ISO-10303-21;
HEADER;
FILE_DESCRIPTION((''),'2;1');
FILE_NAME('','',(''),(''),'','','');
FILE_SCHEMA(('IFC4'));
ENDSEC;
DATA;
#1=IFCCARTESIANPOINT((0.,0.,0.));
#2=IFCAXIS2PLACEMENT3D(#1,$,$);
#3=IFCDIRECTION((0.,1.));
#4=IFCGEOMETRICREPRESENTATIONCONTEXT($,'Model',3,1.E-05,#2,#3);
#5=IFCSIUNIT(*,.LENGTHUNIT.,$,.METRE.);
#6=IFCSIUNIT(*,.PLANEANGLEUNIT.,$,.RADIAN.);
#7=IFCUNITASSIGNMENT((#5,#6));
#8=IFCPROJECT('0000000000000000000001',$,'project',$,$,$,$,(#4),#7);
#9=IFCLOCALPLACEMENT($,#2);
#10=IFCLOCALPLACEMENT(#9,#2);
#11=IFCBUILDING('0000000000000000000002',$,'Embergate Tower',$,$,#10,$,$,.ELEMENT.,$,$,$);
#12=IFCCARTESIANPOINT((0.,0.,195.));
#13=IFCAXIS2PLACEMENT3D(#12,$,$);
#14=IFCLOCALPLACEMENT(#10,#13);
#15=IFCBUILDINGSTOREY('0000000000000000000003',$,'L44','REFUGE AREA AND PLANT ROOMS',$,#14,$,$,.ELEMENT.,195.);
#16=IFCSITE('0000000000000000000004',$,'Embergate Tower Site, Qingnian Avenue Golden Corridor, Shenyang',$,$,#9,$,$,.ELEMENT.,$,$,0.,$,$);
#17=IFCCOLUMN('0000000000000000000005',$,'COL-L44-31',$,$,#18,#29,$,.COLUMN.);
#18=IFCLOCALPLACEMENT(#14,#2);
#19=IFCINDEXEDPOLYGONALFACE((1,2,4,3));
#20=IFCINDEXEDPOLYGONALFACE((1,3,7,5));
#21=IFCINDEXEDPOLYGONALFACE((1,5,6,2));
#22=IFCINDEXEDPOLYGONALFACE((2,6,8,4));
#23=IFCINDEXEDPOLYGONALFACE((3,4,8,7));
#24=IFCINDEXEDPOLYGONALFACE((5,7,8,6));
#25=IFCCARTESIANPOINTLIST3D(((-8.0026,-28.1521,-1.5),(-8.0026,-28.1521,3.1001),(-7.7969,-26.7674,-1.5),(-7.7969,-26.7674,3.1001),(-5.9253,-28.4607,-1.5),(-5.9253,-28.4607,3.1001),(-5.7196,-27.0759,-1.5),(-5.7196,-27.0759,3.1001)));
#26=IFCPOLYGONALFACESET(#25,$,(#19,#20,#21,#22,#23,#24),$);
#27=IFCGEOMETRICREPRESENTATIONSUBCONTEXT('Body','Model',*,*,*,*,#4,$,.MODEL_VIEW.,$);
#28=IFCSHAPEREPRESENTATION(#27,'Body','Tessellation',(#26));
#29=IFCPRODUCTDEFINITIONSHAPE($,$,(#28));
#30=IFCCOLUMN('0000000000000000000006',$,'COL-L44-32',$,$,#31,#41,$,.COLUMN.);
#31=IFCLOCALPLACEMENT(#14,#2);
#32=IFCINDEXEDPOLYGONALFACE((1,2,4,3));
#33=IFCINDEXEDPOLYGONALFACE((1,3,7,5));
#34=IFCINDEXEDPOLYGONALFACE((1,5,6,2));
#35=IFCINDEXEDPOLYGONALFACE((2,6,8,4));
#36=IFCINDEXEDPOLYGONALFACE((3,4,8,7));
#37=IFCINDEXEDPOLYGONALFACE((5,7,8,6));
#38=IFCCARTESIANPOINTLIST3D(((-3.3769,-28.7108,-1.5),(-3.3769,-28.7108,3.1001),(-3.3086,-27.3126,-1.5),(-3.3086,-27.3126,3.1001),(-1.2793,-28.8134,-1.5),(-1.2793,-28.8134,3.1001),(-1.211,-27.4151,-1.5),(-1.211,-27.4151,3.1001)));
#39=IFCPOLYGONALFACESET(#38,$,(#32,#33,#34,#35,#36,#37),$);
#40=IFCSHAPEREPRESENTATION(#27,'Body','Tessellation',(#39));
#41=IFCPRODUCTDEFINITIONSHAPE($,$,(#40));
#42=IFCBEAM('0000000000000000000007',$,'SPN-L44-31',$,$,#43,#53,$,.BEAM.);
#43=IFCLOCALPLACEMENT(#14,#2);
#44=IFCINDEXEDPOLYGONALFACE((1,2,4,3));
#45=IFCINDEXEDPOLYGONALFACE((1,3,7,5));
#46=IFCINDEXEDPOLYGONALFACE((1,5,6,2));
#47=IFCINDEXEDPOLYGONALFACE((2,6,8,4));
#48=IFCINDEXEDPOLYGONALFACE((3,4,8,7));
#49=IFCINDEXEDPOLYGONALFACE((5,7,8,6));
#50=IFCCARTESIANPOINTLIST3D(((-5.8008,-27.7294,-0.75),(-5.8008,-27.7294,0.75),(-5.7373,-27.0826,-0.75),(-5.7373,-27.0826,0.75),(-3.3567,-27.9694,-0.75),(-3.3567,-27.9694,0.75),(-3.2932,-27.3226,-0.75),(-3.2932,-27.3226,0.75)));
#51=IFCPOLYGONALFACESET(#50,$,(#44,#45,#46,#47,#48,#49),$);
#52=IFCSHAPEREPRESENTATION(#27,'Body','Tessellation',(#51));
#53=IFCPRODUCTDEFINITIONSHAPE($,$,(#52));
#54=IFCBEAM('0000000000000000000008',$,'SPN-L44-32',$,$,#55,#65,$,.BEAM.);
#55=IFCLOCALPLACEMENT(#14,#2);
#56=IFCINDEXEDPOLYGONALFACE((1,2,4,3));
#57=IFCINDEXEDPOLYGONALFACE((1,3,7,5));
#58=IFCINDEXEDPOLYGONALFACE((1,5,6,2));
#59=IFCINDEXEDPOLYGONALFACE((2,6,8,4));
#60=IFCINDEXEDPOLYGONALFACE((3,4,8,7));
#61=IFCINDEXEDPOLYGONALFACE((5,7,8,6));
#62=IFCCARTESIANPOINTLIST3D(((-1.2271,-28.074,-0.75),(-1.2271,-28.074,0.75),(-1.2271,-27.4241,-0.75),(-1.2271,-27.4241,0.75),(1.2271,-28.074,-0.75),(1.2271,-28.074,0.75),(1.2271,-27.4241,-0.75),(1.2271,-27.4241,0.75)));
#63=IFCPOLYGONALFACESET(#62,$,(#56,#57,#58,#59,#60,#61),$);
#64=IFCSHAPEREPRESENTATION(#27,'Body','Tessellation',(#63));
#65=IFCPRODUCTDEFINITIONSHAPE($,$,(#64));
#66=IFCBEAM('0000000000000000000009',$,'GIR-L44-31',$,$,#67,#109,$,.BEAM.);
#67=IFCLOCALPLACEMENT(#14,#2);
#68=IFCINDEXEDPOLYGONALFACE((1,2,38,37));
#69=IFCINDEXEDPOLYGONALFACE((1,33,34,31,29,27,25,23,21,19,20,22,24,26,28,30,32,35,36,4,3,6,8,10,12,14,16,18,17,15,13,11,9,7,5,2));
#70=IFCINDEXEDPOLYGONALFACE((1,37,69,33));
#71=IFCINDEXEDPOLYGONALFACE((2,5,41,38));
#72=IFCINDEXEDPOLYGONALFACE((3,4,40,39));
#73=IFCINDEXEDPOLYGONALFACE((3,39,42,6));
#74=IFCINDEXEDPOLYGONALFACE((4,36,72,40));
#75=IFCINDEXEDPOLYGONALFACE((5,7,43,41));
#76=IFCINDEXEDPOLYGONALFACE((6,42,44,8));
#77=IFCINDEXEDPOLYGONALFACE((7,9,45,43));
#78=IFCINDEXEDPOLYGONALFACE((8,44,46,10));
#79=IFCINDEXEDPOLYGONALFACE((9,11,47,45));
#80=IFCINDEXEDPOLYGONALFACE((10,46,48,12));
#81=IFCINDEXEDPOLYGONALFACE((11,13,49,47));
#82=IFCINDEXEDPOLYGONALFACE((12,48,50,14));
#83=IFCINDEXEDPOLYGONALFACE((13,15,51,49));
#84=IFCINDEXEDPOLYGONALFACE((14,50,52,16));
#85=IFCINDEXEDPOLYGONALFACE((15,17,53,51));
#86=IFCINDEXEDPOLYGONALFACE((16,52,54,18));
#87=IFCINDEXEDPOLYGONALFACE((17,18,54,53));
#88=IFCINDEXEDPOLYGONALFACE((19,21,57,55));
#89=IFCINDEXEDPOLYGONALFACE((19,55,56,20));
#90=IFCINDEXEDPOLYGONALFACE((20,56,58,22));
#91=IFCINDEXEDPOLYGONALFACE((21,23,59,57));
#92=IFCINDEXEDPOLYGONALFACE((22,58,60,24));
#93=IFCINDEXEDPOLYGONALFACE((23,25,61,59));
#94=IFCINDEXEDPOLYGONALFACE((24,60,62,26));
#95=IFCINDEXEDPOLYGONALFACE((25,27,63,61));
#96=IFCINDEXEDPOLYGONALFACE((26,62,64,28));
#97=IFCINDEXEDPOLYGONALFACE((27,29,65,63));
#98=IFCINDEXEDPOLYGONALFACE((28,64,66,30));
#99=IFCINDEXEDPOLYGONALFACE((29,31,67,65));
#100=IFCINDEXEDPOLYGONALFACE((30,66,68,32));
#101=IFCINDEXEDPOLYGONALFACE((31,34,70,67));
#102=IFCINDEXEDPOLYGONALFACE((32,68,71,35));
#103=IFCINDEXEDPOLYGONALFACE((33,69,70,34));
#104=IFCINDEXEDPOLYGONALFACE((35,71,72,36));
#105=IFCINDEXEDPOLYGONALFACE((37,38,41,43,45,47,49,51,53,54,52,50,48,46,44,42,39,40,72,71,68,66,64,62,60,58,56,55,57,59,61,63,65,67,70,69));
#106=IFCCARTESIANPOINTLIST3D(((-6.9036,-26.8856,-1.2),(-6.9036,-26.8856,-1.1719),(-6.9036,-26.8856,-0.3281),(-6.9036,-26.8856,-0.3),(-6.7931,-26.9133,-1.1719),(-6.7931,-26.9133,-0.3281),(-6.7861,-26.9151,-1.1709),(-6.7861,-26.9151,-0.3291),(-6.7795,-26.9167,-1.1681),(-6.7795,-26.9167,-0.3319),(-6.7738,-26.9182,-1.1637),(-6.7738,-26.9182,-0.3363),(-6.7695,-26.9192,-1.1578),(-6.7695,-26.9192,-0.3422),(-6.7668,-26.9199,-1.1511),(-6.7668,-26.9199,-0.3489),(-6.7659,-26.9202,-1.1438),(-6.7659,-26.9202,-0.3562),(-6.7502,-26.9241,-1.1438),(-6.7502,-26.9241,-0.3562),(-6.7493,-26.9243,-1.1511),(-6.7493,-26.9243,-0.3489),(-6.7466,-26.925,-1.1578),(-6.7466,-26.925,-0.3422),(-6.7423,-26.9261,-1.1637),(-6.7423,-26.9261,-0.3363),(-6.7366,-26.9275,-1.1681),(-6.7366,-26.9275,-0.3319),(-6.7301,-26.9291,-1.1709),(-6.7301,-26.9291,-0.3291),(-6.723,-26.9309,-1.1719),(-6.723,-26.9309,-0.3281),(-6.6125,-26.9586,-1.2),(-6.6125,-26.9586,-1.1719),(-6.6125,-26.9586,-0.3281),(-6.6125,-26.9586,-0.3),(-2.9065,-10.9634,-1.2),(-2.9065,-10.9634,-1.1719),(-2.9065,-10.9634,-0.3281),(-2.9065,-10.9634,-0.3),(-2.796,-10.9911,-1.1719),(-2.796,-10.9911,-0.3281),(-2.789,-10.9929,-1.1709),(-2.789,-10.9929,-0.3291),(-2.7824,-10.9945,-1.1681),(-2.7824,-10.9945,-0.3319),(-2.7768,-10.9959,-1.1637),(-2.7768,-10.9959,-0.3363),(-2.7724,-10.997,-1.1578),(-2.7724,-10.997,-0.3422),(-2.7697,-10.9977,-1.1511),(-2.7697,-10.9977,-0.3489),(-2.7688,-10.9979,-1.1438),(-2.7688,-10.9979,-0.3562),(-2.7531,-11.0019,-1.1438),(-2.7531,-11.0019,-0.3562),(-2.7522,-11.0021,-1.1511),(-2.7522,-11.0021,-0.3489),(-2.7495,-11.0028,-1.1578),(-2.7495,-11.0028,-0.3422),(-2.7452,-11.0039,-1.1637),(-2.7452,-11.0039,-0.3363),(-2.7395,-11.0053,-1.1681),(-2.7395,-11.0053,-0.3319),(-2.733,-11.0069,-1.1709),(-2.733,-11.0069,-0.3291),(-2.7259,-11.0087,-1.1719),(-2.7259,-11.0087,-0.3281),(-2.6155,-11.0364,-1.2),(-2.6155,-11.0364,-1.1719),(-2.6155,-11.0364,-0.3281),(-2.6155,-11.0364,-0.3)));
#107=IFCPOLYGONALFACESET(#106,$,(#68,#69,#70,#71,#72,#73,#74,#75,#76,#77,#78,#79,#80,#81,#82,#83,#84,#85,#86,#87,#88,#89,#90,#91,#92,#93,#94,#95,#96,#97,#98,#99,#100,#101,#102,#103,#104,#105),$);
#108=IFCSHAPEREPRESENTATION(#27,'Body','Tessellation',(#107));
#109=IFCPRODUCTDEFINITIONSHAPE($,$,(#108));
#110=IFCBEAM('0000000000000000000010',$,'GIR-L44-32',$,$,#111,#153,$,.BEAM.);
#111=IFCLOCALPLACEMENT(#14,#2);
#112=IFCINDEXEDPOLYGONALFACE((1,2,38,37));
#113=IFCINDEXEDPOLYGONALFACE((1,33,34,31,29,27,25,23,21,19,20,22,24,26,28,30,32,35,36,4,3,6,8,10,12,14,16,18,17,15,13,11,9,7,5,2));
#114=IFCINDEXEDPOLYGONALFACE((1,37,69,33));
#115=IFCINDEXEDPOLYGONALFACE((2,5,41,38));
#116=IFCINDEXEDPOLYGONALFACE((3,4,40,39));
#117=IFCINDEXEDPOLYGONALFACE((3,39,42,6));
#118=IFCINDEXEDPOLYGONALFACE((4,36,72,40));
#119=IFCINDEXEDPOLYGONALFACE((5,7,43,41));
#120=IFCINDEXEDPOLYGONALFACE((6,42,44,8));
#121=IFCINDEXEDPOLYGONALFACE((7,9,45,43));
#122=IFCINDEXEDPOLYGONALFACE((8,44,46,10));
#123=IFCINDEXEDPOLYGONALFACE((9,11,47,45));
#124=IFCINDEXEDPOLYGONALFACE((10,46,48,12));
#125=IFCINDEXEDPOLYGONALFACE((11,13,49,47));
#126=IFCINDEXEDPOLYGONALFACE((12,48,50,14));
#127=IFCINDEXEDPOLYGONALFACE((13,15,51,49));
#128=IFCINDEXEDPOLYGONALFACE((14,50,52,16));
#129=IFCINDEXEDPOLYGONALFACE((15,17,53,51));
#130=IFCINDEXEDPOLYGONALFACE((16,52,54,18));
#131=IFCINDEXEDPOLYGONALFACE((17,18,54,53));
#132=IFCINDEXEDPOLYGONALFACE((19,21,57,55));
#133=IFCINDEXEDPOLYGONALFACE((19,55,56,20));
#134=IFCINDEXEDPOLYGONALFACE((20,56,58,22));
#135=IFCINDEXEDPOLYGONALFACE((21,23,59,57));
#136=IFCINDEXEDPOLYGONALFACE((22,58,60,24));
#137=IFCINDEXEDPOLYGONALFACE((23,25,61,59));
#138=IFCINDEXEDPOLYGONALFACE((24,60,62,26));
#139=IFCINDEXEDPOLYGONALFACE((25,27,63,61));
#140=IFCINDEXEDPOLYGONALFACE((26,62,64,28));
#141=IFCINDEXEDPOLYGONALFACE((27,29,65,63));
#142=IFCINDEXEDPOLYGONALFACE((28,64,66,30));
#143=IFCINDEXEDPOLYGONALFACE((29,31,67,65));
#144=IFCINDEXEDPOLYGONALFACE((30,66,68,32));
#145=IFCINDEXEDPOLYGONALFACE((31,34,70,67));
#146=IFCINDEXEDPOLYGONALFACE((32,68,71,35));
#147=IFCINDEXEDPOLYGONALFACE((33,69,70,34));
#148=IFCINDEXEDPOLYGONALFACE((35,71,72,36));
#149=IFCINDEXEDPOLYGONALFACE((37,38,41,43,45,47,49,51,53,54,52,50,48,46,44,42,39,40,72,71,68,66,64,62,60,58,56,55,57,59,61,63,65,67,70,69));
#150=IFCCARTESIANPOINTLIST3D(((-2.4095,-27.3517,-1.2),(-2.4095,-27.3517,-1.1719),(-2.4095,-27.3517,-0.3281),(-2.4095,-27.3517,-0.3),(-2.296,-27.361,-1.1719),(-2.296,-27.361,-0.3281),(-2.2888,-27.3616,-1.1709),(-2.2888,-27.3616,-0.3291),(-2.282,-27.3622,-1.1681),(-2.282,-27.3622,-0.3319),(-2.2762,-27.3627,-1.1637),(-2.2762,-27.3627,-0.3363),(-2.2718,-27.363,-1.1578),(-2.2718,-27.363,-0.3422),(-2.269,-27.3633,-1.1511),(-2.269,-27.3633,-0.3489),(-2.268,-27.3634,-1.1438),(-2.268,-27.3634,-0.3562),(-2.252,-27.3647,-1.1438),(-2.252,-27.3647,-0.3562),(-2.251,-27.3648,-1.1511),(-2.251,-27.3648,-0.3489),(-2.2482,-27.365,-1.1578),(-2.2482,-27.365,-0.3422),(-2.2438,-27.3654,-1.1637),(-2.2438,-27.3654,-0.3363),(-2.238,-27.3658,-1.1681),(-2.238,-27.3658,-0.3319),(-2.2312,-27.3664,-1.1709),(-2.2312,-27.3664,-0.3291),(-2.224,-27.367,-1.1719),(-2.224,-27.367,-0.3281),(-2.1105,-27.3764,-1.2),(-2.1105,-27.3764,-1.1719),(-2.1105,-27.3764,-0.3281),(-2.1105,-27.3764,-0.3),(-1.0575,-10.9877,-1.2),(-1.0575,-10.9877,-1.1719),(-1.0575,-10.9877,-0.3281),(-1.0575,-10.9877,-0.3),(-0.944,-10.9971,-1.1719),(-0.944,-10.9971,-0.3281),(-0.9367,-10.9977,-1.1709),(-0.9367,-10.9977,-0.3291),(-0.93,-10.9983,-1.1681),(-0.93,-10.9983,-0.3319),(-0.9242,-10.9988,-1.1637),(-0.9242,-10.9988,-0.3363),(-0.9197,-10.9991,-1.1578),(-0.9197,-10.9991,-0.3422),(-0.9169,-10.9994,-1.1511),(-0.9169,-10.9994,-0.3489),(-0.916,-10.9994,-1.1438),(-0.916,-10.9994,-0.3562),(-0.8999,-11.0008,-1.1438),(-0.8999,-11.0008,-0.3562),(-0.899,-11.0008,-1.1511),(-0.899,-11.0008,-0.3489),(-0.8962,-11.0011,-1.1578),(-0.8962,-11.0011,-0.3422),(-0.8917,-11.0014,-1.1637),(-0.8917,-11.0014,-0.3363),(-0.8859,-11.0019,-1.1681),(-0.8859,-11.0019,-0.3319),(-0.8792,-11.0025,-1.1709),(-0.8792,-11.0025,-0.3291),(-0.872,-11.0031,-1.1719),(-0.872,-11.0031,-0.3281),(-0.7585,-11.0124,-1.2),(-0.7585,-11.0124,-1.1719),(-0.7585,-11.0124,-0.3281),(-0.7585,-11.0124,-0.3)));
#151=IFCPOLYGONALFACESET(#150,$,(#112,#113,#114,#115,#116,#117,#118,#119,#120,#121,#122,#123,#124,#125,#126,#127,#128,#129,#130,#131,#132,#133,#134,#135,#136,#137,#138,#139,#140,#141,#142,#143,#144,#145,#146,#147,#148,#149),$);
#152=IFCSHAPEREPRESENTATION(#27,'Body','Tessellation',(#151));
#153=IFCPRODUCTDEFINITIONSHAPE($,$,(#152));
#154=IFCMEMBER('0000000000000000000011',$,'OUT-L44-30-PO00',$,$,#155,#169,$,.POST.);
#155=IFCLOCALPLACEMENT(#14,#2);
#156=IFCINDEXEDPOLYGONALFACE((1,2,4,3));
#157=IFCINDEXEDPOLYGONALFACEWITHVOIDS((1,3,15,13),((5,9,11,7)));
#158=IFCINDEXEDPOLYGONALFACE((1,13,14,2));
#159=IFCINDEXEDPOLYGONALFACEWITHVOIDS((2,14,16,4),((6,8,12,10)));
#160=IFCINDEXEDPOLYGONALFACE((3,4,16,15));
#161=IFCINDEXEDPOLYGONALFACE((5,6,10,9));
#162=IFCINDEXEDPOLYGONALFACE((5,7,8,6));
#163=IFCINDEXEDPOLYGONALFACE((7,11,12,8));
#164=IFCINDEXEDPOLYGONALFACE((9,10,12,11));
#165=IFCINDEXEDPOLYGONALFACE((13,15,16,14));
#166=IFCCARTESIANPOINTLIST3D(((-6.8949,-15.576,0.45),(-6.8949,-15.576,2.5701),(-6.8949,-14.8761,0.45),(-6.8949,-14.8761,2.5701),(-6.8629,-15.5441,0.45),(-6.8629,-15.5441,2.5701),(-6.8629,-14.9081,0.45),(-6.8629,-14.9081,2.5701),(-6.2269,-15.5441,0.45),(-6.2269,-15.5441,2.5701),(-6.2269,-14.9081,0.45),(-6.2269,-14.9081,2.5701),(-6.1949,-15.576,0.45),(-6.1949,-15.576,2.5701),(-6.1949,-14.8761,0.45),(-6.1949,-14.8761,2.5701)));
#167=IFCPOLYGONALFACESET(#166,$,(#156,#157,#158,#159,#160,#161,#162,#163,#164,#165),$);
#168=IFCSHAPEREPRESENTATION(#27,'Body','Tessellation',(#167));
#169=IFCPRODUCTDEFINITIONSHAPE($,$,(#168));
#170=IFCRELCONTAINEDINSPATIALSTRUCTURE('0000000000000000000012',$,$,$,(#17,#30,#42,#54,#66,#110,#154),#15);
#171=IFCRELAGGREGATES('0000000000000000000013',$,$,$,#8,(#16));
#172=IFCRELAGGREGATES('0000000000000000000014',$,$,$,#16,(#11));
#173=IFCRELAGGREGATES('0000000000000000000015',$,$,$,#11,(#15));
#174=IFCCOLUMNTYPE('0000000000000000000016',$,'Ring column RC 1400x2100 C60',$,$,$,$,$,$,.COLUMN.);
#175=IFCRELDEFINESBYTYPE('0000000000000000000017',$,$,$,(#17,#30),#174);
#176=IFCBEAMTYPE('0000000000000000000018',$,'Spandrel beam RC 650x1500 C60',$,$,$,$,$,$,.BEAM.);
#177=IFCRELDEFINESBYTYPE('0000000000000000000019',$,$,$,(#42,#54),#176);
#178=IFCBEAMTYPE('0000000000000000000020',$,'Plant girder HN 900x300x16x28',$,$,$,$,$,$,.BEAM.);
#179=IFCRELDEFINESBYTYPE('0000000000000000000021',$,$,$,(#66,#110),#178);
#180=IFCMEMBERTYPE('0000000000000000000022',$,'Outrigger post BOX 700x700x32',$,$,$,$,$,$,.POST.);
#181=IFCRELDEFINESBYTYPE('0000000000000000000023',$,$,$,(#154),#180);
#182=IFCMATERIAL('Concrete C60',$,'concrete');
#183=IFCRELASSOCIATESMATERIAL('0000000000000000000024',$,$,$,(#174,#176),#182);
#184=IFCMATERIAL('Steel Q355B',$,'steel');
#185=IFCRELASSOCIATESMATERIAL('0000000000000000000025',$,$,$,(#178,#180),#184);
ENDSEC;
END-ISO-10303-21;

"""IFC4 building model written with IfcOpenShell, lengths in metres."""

from ifc_helpers import new_model, si_unit, direction, frame, origin, origin_2d, place, context, subcontext, project, spatial, rectangle, hollow_rectangle, i_section, extrude, source, transform, mapped, material, material_profile, profile_set, type_object, element, save


model = new_model("IFC4")

# Units and contexts
model_context = context("Model", 3, precision=1e-05, world=origin(), true_north=direction((0.0, 1.0)))
body_context = subcontext(model_context, "Body", "Model", "MODEL_VIEW")
ifc_project = project(units=[si_unit("LENGTHUNIT", "METRE"), si_unit("PLANEANGLEUNIT", "RADIAN")], contexts=[model_context])

# Site, building, storey
site_placement = place(None, origin())
site = spatial("IfcSite", under=ifc_project, at=site_placement, Name="Embergate Tower Site, Qingnian Avenue Golden Corridor, Shenyang", CompositionType="ELEMENT", RefElevation=0.0)
building_placement = place(site_placement, origin())
building = spatial("IfcBuilding", under=site, at=building_placement, Name="Embergate Tower", CompositionType="ELEMENT")
storey_placement = place(building_placement, frame((0.0, 0.0, 195.0)))
storey = spatial("IfcBuildingStorey", under=building, at=storey_placement, Name="L44", Description="REFUGE AREA AND PLANT ROOMS", CompositionType="ELEMENT", Elevation=195.0)

# Columns
ifc_material_1 = material(Name="Concrete C60", Category="concrete")
ifc_material_profile_1 = material_profile(ifc_material_1, rectangle(XDim=1.3999, YDim=2.1001, at=origin_2d()), Name="RC 1400x2100")
ifc_profile_set_1 = profile_set([ifc_material_profile_1], Name="Concrete C60")
column_type = type_object("IfcColumnType", Name="Ring column RC 1400x2100 C60", PredefinedType="COLUMN", material=ifc_profile_set_1)
shared_shape_1 = source(origin(), body_context, "Body", "SweptSolid", [
    extrude(rectangle(XDim=1.3999, YDim=2.1001, at=origin_2d()), origin(), (0.0, 0.0, 1.0), 4.6001),
])
for number, where, z_axis, x_axis, name in (
    (1, (-6.8611, -27.614, -1.5), (0.0, 0.0, 1.0), (-0.146929, -0.989147, 0.0), "COL-L44-31"),
    (2, (-2.2939, -28.063, -1.5), (0.0, 0.0, 1.0), (-0.048815, -0.998808, 0.0), "COL-L44-32"),
):
    element("IfcColumn", number, at=place(storey_placement, frame(where, z_axis=z_axis, x_axis=x_axis)), inside=storey, type_object=column_type, Name=name, PredefinedType="COLUMN", context=body_context, shape_type="MappedRepresentation", body=[
        mapped(shared_shape_1, transform((0.0, 0.0, 0.0))),
    ])

# Beams
ifc_material_profile_2 = material_profile(ifc_material_1, rectangle(XDim=0.6499, YDim=1.5, at=origin_2d()), Name="RC 650x1500")
ifc_profile_set_2 = profile_set([ifc_material_profile_2], Name="Concrete C60")
beam_type_1 = type_object("IfcBeamType", Name="Spandrel beam RC 650x1500 C60", PredefinedType="BEAM", material=ifc_profile_set_2)
shared_shape_2 = source(origin(), body_context, "Body", "SweptSolid", [
    extrude(rectangle(XDim=0.6499, YDim=1.5, at=origin_2d()), origin(), (0.0, 0.0, 1.0), 2.4558),
])
beam_1_placement = place(storey_placement, frame((-5.769, -27.406, 0.0), z_axis=(0.995214, -0.097722, 0.0), x_axis=(0.097722, 0.995214, 0.0)))
element("IfcBeam", 3, at=beam_1_placement, inside=storey, type_object=beam_type_1, Name="SPN-L44-31", PredefinedType="BEAM", context=body_context, shape_type="MappedRepresentation", body=[
    mapped(shared_shape_2, transform((0.0, 0.0, 0.0))),
])
shared_shape_3 = source(origin(), body_context, "Body", "SweptSolid", [
    extrude(rectangle(XDim=0.6499, YDim=1.5, at=origin_2d()), origin(), (0.0, 0.0, 1.0), 2.4541),
])
beam_2_placement = place(storey_placement, frame((-1.2271, -27.749, 0.0), z_axis=(1.0, 0.0, 0.0), x_axis=(0.0, 1.0, 0.0)))
element("IfcBeam", 4, at=beam_2_placement, inside=storey, type_object=beam_type_1, Name="SPN-L44-32", PredefinedType="BEAM", context=body_context, shape_type="MappedRepresentation", body=[
    mapped(shared_shape_3, transform((0.0, 0.0, 0.0))),
])
ifc_material_2 = material(Name="Steel Q355B", Category="steel")
ifc_material_profile_3 = material_profile(ifc_material_2, i_section(OverallWidth=0.3, OverallDepth=0.8999, WebThickness=0.0161, FlangeThickness=0.0281, FilletRadius=0.0281, at=origin_2d()), Name="HN 900x300x16x28")
ifc_profile_set_3 = profile_set([ifc_material_profile_3], Name="Steel Q355 grade B")
beam_type_2 = type_object("IfcBeamType", Name="Plant girder HN 900x300x16x28", PredefinedType="BEAM", material=ifc_profile_set_3)
shared_shape_4 = source(origin(), body_context, "Body", "SweptSolid", [
    extrude(i_section(OverallWidth=0.3, OverallDepth=0.8999, WebThickness=0.0161, FlangeThickness=0.0281, FilletRadius=0.0281, at=origin_2d()), origin(), (0.0, 0.0, 1.0), 16.4163),
])
beam_3_placement = place(storey_placement, frame((-6.7581, -26.9221, -0.75), z_axis=(0.243484, 0.969905, 0.0), x_axis=(-0.969905, 0.243484, 0.0)))
element("IfcBeam", 5, at=beam_3_placement, inside=storey, type_object=beam_type_2, Name="GIR-L44-31", PredefinedType="BEAM", context=body_context, shape_type="MappedRepresentation", body=[
    mapped(shared_shape_4, transform((0.0, 0.0, 0.0))),
])
shared_shape_5 = source(origin(), body_context, "Body", "SweptSolid", [
    extrude(i_section(OverallWidth=0.3, OverallDepth=0.8999, WebThickness=0.0161, FlangeThickness=0.0281, FilletRadius=0.0281, at=origin_2d()), origin(), (0.0, 0.0, 1.0), 16.4197),
])
beam_4_placement = place(storey_placement, frame((-2.26, -27.364, -0.75), z_axis=(0.082343, 0.996604, 0.0), x_axis=(-0.996604, 0.082343, 0.0)))
element("IfcBeam", 6, at=beam_4_placement, inside=storey, type_object=beam_type_2, Name="GIR-L44-32", PredefinedType="BEAM", context=body_context, shape_type="MappedRepresentation", body=[
    mapped(shared_shape_5, transform((0.0, 0.0, 0.0))),
])

# Member
ifc_material_profile_4 = material_profile(ifc_material_2, hollow_rectangle(XDim=0.7, YDim=0.7, WallThickness=0.032, at=origin_2d()), Name="BOX 700x700x32")
ifc_profile_set_4 = profile_set([ifc_material_profile_4], Name="Steel Q355 grade B")
member_type_1 = type_object("IfcMemberType", Name="Outrigger post BOX 700x700x32", PredefinedType="POST", material=ifc_profile_set_4)
shared_shape_6 = source(origin(), body_context, "Body", "SweptSolid", [
    extrude(hollow_rectangle(XDim=0.7, YDim=0.7, WallThickness=0.032, at=origin_2d()), origin(), (0.0, 0.0, 1.0), 2.1201),
])
member_1_placement = place(storey_placement, frame((-6.5449, -15.2261, 0.45), z_axis=(0.0, 0.0, 1.0), x_axis=(1.0, 0.0, 0.0)))
element("IfcMember", 7, at=member_1_placement, inside=storey, type_object=member_type_1, Name="OUT-L44-30-PO00", PredefinedType="POST", context=body_context, shape_type="MappedRepresentation", body=[
    mapped(shared_shape_6, transform((0.0, 0.0, 0.0))),
])

save(model, "model.ifc")
